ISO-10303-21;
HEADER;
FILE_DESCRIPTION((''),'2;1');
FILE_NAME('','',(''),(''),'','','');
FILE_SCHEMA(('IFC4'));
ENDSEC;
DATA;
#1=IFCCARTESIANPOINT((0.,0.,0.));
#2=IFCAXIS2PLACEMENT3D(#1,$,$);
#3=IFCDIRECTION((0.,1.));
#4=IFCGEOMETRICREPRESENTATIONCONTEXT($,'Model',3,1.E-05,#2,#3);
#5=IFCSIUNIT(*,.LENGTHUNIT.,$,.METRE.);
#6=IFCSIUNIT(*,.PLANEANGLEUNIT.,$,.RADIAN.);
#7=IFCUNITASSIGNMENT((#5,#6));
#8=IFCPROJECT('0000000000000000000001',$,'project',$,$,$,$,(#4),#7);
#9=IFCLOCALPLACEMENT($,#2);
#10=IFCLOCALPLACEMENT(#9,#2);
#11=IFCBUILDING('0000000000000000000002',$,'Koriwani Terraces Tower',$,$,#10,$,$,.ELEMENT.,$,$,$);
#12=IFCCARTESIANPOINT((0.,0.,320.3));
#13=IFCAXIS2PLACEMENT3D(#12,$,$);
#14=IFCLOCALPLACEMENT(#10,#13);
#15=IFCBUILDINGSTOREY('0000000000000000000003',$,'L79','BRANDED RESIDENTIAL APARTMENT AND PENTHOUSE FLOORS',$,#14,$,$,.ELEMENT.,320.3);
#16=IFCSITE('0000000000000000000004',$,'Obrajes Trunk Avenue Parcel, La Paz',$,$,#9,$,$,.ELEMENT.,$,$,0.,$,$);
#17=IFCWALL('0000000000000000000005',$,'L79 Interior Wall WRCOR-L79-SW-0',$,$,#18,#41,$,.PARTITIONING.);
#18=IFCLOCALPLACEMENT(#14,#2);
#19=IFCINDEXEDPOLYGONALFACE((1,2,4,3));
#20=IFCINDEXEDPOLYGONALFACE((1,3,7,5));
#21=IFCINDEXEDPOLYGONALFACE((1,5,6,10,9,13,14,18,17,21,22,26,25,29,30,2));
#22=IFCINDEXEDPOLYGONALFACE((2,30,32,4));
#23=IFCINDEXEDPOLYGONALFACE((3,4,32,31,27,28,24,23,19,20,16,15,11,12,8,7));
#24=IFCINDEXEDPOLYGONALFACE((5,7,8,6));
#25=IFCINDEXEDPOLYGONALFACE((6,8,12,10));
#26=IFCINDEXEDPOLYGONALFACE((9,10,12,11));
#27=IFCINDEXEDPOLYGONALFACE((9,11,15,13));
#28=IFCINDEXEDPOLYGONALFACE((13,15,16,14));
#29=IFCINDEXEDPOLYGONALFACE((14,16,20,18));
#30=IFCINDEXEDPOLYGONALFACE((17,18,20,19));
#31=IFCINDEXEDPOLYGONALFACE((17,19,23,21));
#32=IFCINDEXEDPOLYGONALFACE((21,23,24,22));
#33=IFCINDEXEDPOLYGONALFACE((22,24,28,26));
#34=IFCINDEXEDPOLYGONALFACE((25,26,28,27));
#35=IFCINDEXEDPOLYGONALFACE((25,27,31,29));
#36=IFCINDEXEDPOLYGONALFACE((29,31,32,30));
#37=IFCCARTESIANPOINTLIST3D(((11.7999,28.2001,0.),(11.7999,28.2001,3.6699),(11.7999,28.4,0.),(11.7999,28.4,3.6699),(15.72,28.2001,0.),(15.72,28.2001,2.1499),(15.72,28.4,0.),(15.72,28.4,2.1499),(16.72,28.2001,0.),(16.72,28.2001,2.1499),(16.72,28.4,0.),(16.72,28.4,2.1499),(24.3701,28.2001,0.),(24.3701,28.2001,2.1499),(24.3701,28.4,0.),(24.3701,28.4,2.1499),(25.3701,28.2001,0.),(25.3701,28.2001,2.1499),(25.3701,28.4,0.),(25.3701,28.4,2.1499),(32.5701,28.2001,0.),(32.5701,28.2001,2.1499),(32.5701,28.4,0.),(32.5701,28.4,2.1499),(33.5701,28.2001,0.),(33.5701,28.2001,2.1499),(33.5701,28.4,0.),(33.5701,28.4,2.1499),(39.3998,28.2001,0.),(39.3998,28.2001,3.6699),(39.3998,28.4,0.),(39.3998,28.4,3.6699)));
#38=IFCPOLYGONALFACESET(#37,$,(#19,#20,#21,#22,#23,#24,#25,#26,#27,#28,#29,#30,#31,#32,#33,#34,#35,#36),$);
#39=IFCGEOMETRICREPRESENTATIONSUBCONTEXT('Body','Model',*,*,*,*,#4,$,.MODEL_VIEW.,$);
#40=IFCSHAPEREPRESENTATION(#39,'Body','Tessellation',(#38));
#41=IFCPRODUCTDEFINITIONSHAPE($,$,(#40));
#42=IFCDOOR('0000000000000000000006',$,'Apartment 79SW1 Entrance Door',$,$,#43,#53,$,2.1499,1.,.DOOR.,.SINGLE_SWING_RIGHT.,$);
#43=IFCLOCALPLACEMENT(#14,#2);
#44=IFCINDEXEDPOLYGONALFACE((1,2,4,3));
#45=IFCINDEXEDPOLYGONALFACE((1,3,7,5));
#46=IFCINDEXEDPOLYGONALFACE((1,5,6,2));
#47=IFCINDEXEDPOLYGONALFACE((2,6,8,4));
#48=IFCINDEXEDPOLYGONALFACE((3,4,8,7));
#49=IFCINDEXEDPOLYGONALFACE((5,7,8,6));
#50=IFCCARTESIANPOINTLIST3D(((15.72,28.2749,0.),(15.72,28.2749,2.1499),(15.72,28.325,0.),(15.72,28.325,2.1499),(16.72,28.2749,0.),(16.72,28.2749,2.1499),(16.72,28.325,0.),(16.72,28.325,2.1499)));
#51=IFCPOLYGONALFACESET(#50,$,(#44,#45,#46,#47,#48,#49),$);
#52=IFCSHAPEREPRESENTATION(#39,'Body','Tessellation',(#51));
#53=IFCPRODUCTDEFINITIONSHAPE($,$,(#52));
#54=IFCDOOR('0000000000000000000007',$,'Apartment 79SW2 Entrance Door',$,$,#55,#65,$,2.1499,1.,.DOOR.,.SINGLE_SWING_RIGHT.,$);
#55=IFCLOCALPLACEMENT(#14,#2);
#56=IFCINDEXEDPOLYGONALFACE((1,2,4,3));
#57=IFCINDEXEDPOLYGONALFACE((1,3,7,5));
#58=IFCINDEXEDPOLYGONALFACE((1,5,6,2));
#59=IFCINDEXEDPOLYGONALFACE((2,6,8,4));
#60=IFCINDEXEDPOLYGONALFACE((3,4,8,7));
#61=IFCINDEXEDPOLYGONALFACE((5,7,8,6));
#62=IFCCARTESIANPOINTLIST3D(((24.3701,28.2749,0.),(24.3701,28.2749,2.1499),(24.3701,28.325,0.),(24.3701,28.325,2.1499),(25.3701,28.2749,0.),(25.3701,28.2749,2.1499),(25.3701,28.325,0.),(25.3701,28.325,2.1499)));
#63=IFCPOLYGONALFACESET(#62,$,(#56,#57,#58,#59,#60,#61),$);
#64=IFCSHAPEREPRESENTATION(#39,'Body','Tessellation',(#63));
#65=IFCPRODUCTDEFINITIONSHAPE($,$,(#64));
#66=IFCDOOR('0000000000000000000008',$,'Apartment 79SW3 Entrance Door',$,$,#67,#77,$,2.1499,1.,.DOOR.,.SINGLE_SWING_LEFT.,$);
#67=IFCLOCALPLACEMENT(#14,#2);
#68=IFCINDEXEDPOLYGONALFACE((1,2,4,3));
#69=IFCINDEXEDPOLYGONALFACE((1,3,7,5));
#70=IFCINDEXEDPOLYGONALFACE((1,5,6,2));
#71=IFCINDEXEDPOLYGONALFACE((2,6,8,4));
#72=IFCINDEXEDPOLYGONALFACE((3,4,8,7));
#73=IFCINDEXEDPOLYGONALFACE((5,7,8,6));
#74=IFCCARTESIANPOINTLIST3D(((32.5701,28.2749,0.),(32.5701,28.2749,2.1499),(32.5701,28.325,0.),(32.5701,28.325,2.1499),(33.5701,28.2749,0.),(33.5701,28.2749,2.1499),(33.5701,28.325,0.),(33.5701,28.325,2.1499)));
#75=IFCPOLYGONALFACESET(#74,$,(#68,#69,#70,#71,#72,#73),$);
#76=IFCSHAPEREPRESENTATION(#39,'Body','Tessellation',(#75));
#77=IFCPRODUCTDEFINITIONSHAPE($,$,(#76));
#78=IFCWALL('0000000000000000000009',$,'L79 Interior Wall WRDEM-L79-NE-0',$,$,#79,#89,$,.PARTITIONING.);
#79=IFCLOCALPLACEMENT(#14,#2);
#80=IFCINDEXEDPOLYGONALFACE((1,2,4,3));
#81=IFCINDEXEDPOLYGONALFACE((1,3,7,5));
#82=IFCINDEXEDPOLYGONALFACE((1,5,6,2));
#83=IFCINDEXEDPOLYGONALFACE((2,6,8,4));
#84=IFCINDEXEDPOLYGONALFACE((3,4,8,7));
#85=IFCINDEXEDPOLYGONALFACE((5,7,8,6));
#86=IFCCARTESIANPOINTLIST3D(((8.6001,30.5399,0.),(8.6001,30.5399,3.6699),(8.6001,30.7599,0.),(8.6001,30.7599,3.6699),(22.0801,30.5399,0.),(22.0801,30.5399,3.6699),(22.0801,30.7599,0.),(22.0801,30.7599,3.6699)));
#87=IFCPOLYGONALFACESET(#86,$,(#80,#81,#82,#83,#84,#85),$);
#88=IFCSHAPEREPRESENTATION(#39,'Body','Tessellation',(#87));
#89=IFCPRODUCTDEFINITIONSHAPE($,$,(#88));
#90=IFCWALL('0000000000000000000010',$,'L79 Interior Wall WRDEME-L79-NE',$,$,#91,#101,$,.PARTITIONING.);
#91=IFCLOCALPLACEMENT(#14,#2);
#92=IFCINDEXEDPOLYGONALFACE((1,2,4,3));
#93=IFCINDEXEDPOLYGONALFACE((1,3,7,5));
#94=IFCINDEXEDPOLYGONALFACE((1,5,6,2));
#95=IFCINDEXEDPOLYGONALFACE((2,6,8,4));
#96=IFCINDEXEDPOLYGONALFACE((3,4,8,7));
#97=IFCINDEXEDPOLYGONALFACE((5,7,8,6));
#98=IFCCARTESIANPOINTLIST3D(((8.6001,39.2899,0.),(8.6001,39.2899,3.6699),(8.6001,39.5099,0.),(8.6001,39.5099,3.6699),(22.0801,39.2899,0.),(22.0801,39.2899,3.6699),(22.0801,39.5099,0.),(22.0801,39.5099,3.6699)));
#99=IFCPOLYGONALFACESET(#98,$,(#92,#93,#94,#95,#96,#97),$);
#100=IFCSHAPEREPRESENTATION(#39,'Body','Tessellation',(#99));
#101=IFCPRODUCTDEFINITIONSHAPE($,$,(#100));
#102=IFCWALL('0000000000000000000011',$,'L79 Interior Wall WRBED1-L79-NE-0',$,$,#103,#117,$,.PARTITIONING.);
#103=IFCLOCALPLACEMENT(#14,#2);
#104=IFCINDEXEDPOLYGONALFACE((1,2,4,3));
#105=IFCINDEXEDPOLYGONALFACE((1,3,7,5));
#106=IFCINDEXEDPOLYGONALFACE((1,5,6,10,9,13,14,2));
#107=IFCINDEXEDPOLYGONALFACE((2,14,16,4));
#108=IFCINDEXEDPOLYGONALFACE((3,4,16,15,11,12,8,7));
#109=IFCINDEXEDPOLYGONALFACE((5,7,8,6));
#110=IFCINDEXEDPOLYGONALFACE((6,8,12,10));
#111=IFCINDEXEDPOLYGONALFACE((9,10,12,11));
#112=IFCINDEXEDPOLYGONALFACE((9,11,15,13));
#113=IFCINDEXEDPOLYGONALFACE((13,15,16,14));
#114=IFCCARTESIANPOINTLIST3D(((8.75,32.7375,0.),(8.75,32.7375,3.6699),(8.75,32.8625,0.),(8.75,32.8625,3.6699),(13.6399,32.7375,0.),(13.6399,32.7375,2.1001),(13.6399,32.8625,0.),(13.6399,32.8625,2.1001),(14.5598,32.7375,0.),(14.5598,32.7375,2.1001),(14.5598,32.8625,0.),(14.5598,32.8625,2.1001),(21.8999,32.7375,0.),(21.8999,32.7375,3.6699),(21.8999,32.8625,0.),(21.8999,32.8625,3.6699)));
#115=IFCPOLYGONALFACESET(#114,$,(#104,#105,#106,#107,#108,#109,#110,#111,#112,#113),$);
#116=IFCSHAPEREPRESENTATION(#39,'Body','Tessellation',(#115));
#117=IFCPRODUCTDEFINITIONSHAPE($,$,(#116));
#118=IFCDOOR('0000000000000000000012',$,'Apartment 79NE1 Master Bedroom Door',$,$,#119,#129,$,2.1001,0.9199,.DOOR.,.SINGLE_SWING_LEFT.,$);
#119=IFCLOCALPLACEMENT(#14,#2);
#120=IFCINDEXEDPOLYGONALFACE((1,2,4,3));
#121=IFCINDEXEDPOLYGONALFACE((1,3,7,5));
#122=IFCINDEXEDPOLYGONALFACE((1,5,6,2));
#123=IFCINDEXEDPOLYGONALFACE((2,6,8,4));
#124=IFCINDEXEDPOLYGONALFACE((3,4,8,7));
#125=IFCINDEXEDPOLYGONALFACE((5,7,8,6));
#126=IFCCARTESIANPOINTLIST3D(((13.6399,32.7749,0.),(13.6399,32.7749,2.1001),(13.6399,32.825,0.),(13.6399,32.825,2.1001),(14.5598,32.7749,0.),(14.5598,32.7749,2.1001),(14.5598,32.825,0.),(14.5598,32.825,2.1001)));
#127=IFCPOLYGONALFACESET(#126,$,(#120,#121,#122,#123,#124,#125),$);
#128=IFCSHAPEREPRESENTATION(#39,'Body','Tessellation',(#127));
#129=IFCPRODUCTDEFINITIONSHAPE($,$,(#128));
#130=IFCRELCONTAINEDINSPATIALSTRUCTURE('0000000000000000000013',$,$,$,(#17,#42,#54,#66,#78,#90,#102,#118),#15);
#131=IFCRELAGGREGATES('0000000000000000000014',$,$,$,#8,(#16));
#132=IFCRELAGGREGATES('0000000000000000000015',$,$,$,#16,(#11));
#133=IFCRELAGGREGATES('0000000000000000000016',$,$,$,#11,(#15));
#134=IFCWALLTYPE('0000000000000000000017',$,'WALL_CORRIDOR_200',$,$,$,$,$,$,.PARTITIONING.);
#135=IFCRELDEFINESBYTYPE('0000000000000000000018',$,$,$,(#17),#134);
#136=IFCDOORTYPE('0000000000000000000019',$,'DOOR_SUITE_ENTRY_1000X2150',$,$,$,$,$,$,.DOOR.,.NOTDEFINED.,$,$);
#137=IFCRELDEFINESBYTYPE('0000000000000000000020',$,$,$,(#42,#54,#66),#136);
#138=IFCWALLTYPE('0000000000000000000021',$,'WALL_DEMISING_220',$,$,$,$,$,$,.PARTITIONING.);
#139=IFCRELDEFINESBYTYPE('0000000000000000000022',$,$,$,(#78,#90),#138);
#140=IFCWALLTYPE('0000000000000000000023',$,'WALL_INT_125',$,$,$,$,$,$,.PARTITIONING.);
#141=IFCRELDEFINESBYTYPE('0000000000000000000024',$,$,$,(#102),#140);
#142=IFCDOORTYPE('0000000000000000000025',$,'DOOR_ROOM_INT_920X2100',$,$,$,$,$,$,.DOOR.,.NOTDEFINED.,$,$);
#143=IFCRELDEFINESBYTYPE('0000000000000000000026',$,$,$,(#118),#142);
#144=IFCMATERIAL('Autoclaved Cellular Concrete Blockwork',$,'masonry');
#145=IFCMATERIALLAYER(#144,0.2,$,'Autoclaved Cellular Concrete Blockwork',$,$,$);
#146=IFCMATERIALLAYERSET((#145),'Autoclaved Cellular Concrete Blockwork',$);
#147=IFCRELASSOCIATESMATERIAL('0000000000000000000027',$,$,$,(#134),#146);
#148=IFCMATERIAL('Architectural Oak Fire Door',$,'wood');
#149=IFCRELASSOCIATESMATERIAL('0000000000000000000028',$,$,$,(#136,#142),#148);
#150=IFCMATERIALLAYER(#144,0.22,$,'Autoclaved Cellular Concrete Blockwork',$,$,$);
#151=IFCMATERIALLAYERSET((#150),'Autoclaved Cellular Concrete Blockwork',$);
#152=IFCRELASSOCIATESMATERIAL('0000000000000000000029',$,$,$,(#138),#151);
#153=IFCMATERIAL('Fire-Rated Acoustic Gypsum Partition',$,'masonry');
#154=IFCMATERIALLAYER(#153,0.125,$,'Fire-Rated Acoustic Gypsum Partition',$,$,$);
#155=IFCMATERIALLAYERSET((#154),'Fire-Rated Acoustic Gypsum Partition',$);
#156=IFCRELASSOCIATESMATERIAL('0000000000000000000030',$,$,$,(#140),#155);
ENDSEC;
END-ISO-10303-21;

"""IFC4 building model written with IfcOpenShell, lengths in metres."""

from ifc_helpers import new_model, si_unit, direction, frame, frame_2d, origin, place, context, subcontext, project, spatial, rectangle, extrude, material, layer, layer_set, type_object, element, fill, save


model = new_model("IFC4")

# Units and contexts
model_context = context("Model", 3, precision=1e-05, world=origin(), true_north=direction((0.0, 1.0)))
body_context = subcontext(model_context, "Body", "Model", "MODEL_VIEW")
ifc_project = project(units=[si_unit("LENGTHUNIT", "METRE"), si_unit("PLANEANGLEUNIT", "RADIAN")], contexts=[model_context])

# Site, building, storey
site_placement = place(None, origin())
site = spatial("IfcSite", under=ifc_project, at=site_placement, Name="Obrajes Trunk Avenue Parcel, La Paz", CompositionType="ELEMENT", RefElevation=0.0)
building_placement = place(site_placement, origin())
building = spatial("IfcBuilding", under=site, at=building_placement, Name="Koriwani Terraces Tower", CompositionType="ELEMENT")
storey_placement = place(building_placement, frame((0.0, 0.0, 320.3)))
storey = spatial("IfcBuildingStorey", under=building, at=storey_placement, Name="L79", Description="BRANDED RESIDENTIAL APARTMENT AND PENTHOUSE FLOORS", CompositionType="ELEMENT", Elevation=320.3)

# Shared definitions
ifc_material_1 = material(Name="Autoclaved Cellular Concrete Blockwork", Category="masonry")
ifc_layer_1 = layer(ifc_material_1, 0.2, Name="Autoclaved Cellular Concrete Blockwork")
ifc_layer_set_1 = layer_set([ifc_layer_1], Name="Autoclaved Cellular Concrete Blockwork")
wall_type_1 = type_object("IfcWallType", Name="WALL_CORRIDOR_200", PredefinedType="PARTITIONING", material=ifc_layer_set_1)
ifc_material_2 = material(Name="Architectural Oak Fire Door", Category="wood")
door_type_1 = type_object("IfcDoorType", Name="DOOR_SUITE_ENTRY_1000X2150", OperationType="NOTDEFINED", PredefinedType="DOOR", material=ifc_material_2)

# Wall, openings, doors
wall_1_placement = place(storey_placement, frame((11.8, 28.3, 0.0), z_axis=(0.0, 0.0, 1.0), x_axis=(1.0, 0.0, 0.0)))
wall_1 = element("IfcWall", 1, at=wall_1_placement, inside=storey, type_object=wall_type_1, Name="L79 Interior Wall WRCOR-L79-SW-0", PredefinedType="PARTITIONING", context=body_context, shape_type="SweptSolid", body=[
    extrude(rectangle(XDim=27.5999, YDim=0.2, at=frame_2d((13.7998, 0.0))), origin(), (0.0, 0.0, 1.0), 3.6699),
])
opening_1_placement = place(wall_1_placement, frame((3.9199, 0.0, 0.0)))
opening_1 = element("IfcOpeningElement", 2, at=opening_1_placement, cuts=wall_1, PredefinedType="OPENING", context=body_context, shape_type="SweptSolid", body=[
    extrude(rectangle(XDim=1.0, YDim=2.1499, at=frame_2d((0.5, 1.075))), frame((0.0, 0.1099, 0.0), z_axis=(0.0, -1.0, 0.0), x_axis=(1.0, 0.0, 0.0)), (0.0, 0.0, 1.0), 0.22),
])
opening_2_placement = place(wall_1_placement, frame((12.5701, 0.0, 0.0)))
opening_2 = element("IfcOpeningElement", 3, at=opening_2_placement, cuts=wall_1, PredefinedType="OPENING", context=body_context, shape_type="SweptSolid", body=[
    extrude(rectangle(XDim=1.0, YDim=2.1499, at=frame_2d((0.5, 1.075))), frame((0.0, 0.1099, 0.0), z_axis=(0.0, -1.0, 0.0), x_axis=(1.0, 0.0, 0.0)), (0.0, 0.0, 1.0), 0.22),
])
opening_3_placement = place(wall_1_placement, frame((20.77, 0.0, 0.0)))
opening_3 = element("IfcOpeningElement", 4, at=opening_3_placement, cuts=wall_1, PredefinedType="OPENING", context=body_context, shape_type="SweptSolid", body=[
    extrude(rectangle(XDim=1.0, YDim=2.1499, at=frame_2d((0.5, 1.075))), frame((0.0, 0.1099, 0.0), z_axis=(0.0, -1.0, 0.0), x_axis=(1.0, 0.0, 0.0)), (0.0, 0.0, 1.0), 0.22),
])
door_1_placement = place(opening_1_placement, origin())
door_1 = element("IfcDoor", 5, at=door_1_placement, inside=storey, type_object=door_type_1, Name="Apartment 79SW1 Entrance Door", OperationType="SINGLE_SWING_RIGHT", OverallHeight=2.1499, OverallWidth=1.0, PredefinedType="DOOR", context=body_context, shape_type="SweptSolid", body=[
    extrude(rectangle(XDim=1.0, YDim=2.1499, at=frame_2d((0.5, 1.075))), frame((0.0, 0.0249, 0.0), z_axis=(0.0, -1.0, 0.0), x_axis=(1.0, 0.0, 0.0)), (0.0, 0.0, 1.0), 0.05),
])
fill(opening_1, door_1)
door_2_placement = place(opening_2_placement, origin())
door_2 = element("IfcDoor", 6, at=door_2_placement, inside=storey, type_object=door_type_1, Name="Apartment 79SW2 Entrance Door", OperationType="SINGLE_SWING_RIGHT", OverallHeight=2.1499, OverallWidth=1.0, PredefinedType="DOOR", context=body_context, shape_type="SweptSolid", body=[
    extrude(rectangle(XDim=1.0, YDim=2.1499, at=frame_2d((0.5, 1.075))), frame((0.0, 0.0249, 0.0), z_axis=(0.0, -1.0, 0.0), x_axis=(1.0, 0.0, 0.0)), (0.0, 0.0, 1.0), 0.05),
])
fill(opening_2, door_2)
door_3_placement = place(opening_3_placement, origin())
door_3 = element("IfcDoor", 7, at=door_3_placement, inside=storey, type_object=door_type_1, Name="Apartment 79SW3 Entrance Door", OperationType="SINGLE_SWING_LEFT", OverallHeight=2.1499, OverallWidth=1.0, PredefinedType="DOOR", context=body_context, shape_type="SweptSolid", body=[
    extrude(rectangle(XDim=1.0, YDim=2.1499, at=frame_2d((0.5, 1.075))), frame((0.0, 0.0249, 0.0), z_axis=(0.0, -1.0, 0.0), x_axis=(1.0, 0.0, 0.0)), (0.0, 0.0, 1.0), 0.05),
])
fill(opening_3, door_3)

# Walls
ifc_layer_2 = layer(ifc_material_1, 0.22, Name="Autoclaved Cellular Concrete Blockwork")
ifc_layer_set_2 = layer_set([ifc_layer_2], Name="Autoclaved Cellular Concrete Blockwork")
wall_type_2 = type_object("IfcWallType", Name="WALL_DEMISING_220", PredefinedType="PARTITIONING", material=ifc_layer_set_2)
for number, where, z_axis, x_axis, name in (
    (8, (8.6001, 30.6499, 0.0), (0.0, 0.0, 1.0), (1.0, 0.0, 0.0), "L79 Interior Wall WRDEM-L79-NE-0"),
    (9, (8.6001, 39.3999, 0.0), (0.0, 0.0, 1.0), (1.0, 0.0, 0.0), "L79 Interior Wall WRDEME-L79-NE"),
):
    element("IfcWall", number, at=place(storey_placement, frame(where, z_axis=z_axis, x_axis=x_axis)), inside=storey, type_object=wall_type_2, Name=name, PredefinedType="PARTITIONING", context=body_context, shape_type="SweptSolid", body=[
        extrude(rectangle(XDim=13.48, YDim=0.22, at=frame_2d((6.74, 0.0))), origin(), (0.0, 0.0, 1.0), 3.6699),
    ])

# Wall, opening, door
ifc_material_3 = material(Name="Fire-Rated Acoustic Gypsum Partition", Category="masonry")
ifc_layer_3 = layer(ifc_material_3, 0.125, Name="Fire-Rated Acoustic Gypsum Partition")
ifc_layer_set_3 = layer_set([ifc_layer_3], Name="Fire-Rated Acoustic Gypsum Partition")
wall_type_3 = type_object("IfcWallType", Name="WALL_INT_125", PredefinedType="PARTITIONING", material=ifc_layer_set_3)
wall_2_placement = place(storey_placement, frame((8.75, 32.8, 0.0), z_axis=(0.0, 0.0, 1.0), x_axis=(1.0, 0.0, 0.0)))
wall_2 = element("IfcWall", 10, at=wall_2_placement, inside=storey, type_object=wall_type_3, Name="L79 Interior Wall WRBED1-L79-NE-0", PredefinedType="PARTITIONING", context=body_context, shape_type="SweptSolid", body=[
    extrude(rectangle(XDim=13.1499, YDim=0.125, at=frame_2d((6.575, 0.0))), origin(), (0.0, 0.0, 1.0), 3.6699),
])
opening_4_placement = place(wall_2_placement, frame((4.8899, 0.0, 0.0)))
opening_4 = element("IfcOpeningElement", 11, at=opening_4_placement, cuts=wall_2, PredefinedType="OPENING", context=body_context, shape_type="SweptSolid", body=[
    extrude(rectangle(XDim=0.9199, YDim=2.1001, at=frame_2d((0.46, 1.05))), frame((0.0, 0.0725, 0.0), z_axis=(0.0, -1.0, 0.0), x_axis=(1.0, 0.0, 0.0)), (0.0, 0.0, 1.0), 0.145),
])
door_type_2 = type_object("IfcDoorType", Name="DOOR_ROOM_INT_920X2100", OperationType="NOTDEFINED", PredefinedType="DOOR", material=ifc_material_2)
door_4_placement = place(opening_4_placement, origin())
door_4 = element("IfcDoor", 12, at=door_4_placement, inside=storey, type_object=door_type_2, Name="Apartment 79NE1 Master Bedroom Door", OperationType="SINGLE_SWING_LEFT", OverallHeight=2.1001, OverallWidth=0.9199, PredefinedType="DOOR", context=body_context, shape_type="SweptSolid", body=[
    extrude(rectangle(XDim=0.9199, YDim=2.1001, at=frame_2d((0.46, 1.05))), frame((0.0, 0.0249, 0.0), z_axis=(0.0, -1.0, 0.0), x_axis=(1.0, 0.0, 0.0)), (0.0, 0.0, 1.0), 0.05),
])
fill(opening_4, door_4)

save(model, "model.ifc")
